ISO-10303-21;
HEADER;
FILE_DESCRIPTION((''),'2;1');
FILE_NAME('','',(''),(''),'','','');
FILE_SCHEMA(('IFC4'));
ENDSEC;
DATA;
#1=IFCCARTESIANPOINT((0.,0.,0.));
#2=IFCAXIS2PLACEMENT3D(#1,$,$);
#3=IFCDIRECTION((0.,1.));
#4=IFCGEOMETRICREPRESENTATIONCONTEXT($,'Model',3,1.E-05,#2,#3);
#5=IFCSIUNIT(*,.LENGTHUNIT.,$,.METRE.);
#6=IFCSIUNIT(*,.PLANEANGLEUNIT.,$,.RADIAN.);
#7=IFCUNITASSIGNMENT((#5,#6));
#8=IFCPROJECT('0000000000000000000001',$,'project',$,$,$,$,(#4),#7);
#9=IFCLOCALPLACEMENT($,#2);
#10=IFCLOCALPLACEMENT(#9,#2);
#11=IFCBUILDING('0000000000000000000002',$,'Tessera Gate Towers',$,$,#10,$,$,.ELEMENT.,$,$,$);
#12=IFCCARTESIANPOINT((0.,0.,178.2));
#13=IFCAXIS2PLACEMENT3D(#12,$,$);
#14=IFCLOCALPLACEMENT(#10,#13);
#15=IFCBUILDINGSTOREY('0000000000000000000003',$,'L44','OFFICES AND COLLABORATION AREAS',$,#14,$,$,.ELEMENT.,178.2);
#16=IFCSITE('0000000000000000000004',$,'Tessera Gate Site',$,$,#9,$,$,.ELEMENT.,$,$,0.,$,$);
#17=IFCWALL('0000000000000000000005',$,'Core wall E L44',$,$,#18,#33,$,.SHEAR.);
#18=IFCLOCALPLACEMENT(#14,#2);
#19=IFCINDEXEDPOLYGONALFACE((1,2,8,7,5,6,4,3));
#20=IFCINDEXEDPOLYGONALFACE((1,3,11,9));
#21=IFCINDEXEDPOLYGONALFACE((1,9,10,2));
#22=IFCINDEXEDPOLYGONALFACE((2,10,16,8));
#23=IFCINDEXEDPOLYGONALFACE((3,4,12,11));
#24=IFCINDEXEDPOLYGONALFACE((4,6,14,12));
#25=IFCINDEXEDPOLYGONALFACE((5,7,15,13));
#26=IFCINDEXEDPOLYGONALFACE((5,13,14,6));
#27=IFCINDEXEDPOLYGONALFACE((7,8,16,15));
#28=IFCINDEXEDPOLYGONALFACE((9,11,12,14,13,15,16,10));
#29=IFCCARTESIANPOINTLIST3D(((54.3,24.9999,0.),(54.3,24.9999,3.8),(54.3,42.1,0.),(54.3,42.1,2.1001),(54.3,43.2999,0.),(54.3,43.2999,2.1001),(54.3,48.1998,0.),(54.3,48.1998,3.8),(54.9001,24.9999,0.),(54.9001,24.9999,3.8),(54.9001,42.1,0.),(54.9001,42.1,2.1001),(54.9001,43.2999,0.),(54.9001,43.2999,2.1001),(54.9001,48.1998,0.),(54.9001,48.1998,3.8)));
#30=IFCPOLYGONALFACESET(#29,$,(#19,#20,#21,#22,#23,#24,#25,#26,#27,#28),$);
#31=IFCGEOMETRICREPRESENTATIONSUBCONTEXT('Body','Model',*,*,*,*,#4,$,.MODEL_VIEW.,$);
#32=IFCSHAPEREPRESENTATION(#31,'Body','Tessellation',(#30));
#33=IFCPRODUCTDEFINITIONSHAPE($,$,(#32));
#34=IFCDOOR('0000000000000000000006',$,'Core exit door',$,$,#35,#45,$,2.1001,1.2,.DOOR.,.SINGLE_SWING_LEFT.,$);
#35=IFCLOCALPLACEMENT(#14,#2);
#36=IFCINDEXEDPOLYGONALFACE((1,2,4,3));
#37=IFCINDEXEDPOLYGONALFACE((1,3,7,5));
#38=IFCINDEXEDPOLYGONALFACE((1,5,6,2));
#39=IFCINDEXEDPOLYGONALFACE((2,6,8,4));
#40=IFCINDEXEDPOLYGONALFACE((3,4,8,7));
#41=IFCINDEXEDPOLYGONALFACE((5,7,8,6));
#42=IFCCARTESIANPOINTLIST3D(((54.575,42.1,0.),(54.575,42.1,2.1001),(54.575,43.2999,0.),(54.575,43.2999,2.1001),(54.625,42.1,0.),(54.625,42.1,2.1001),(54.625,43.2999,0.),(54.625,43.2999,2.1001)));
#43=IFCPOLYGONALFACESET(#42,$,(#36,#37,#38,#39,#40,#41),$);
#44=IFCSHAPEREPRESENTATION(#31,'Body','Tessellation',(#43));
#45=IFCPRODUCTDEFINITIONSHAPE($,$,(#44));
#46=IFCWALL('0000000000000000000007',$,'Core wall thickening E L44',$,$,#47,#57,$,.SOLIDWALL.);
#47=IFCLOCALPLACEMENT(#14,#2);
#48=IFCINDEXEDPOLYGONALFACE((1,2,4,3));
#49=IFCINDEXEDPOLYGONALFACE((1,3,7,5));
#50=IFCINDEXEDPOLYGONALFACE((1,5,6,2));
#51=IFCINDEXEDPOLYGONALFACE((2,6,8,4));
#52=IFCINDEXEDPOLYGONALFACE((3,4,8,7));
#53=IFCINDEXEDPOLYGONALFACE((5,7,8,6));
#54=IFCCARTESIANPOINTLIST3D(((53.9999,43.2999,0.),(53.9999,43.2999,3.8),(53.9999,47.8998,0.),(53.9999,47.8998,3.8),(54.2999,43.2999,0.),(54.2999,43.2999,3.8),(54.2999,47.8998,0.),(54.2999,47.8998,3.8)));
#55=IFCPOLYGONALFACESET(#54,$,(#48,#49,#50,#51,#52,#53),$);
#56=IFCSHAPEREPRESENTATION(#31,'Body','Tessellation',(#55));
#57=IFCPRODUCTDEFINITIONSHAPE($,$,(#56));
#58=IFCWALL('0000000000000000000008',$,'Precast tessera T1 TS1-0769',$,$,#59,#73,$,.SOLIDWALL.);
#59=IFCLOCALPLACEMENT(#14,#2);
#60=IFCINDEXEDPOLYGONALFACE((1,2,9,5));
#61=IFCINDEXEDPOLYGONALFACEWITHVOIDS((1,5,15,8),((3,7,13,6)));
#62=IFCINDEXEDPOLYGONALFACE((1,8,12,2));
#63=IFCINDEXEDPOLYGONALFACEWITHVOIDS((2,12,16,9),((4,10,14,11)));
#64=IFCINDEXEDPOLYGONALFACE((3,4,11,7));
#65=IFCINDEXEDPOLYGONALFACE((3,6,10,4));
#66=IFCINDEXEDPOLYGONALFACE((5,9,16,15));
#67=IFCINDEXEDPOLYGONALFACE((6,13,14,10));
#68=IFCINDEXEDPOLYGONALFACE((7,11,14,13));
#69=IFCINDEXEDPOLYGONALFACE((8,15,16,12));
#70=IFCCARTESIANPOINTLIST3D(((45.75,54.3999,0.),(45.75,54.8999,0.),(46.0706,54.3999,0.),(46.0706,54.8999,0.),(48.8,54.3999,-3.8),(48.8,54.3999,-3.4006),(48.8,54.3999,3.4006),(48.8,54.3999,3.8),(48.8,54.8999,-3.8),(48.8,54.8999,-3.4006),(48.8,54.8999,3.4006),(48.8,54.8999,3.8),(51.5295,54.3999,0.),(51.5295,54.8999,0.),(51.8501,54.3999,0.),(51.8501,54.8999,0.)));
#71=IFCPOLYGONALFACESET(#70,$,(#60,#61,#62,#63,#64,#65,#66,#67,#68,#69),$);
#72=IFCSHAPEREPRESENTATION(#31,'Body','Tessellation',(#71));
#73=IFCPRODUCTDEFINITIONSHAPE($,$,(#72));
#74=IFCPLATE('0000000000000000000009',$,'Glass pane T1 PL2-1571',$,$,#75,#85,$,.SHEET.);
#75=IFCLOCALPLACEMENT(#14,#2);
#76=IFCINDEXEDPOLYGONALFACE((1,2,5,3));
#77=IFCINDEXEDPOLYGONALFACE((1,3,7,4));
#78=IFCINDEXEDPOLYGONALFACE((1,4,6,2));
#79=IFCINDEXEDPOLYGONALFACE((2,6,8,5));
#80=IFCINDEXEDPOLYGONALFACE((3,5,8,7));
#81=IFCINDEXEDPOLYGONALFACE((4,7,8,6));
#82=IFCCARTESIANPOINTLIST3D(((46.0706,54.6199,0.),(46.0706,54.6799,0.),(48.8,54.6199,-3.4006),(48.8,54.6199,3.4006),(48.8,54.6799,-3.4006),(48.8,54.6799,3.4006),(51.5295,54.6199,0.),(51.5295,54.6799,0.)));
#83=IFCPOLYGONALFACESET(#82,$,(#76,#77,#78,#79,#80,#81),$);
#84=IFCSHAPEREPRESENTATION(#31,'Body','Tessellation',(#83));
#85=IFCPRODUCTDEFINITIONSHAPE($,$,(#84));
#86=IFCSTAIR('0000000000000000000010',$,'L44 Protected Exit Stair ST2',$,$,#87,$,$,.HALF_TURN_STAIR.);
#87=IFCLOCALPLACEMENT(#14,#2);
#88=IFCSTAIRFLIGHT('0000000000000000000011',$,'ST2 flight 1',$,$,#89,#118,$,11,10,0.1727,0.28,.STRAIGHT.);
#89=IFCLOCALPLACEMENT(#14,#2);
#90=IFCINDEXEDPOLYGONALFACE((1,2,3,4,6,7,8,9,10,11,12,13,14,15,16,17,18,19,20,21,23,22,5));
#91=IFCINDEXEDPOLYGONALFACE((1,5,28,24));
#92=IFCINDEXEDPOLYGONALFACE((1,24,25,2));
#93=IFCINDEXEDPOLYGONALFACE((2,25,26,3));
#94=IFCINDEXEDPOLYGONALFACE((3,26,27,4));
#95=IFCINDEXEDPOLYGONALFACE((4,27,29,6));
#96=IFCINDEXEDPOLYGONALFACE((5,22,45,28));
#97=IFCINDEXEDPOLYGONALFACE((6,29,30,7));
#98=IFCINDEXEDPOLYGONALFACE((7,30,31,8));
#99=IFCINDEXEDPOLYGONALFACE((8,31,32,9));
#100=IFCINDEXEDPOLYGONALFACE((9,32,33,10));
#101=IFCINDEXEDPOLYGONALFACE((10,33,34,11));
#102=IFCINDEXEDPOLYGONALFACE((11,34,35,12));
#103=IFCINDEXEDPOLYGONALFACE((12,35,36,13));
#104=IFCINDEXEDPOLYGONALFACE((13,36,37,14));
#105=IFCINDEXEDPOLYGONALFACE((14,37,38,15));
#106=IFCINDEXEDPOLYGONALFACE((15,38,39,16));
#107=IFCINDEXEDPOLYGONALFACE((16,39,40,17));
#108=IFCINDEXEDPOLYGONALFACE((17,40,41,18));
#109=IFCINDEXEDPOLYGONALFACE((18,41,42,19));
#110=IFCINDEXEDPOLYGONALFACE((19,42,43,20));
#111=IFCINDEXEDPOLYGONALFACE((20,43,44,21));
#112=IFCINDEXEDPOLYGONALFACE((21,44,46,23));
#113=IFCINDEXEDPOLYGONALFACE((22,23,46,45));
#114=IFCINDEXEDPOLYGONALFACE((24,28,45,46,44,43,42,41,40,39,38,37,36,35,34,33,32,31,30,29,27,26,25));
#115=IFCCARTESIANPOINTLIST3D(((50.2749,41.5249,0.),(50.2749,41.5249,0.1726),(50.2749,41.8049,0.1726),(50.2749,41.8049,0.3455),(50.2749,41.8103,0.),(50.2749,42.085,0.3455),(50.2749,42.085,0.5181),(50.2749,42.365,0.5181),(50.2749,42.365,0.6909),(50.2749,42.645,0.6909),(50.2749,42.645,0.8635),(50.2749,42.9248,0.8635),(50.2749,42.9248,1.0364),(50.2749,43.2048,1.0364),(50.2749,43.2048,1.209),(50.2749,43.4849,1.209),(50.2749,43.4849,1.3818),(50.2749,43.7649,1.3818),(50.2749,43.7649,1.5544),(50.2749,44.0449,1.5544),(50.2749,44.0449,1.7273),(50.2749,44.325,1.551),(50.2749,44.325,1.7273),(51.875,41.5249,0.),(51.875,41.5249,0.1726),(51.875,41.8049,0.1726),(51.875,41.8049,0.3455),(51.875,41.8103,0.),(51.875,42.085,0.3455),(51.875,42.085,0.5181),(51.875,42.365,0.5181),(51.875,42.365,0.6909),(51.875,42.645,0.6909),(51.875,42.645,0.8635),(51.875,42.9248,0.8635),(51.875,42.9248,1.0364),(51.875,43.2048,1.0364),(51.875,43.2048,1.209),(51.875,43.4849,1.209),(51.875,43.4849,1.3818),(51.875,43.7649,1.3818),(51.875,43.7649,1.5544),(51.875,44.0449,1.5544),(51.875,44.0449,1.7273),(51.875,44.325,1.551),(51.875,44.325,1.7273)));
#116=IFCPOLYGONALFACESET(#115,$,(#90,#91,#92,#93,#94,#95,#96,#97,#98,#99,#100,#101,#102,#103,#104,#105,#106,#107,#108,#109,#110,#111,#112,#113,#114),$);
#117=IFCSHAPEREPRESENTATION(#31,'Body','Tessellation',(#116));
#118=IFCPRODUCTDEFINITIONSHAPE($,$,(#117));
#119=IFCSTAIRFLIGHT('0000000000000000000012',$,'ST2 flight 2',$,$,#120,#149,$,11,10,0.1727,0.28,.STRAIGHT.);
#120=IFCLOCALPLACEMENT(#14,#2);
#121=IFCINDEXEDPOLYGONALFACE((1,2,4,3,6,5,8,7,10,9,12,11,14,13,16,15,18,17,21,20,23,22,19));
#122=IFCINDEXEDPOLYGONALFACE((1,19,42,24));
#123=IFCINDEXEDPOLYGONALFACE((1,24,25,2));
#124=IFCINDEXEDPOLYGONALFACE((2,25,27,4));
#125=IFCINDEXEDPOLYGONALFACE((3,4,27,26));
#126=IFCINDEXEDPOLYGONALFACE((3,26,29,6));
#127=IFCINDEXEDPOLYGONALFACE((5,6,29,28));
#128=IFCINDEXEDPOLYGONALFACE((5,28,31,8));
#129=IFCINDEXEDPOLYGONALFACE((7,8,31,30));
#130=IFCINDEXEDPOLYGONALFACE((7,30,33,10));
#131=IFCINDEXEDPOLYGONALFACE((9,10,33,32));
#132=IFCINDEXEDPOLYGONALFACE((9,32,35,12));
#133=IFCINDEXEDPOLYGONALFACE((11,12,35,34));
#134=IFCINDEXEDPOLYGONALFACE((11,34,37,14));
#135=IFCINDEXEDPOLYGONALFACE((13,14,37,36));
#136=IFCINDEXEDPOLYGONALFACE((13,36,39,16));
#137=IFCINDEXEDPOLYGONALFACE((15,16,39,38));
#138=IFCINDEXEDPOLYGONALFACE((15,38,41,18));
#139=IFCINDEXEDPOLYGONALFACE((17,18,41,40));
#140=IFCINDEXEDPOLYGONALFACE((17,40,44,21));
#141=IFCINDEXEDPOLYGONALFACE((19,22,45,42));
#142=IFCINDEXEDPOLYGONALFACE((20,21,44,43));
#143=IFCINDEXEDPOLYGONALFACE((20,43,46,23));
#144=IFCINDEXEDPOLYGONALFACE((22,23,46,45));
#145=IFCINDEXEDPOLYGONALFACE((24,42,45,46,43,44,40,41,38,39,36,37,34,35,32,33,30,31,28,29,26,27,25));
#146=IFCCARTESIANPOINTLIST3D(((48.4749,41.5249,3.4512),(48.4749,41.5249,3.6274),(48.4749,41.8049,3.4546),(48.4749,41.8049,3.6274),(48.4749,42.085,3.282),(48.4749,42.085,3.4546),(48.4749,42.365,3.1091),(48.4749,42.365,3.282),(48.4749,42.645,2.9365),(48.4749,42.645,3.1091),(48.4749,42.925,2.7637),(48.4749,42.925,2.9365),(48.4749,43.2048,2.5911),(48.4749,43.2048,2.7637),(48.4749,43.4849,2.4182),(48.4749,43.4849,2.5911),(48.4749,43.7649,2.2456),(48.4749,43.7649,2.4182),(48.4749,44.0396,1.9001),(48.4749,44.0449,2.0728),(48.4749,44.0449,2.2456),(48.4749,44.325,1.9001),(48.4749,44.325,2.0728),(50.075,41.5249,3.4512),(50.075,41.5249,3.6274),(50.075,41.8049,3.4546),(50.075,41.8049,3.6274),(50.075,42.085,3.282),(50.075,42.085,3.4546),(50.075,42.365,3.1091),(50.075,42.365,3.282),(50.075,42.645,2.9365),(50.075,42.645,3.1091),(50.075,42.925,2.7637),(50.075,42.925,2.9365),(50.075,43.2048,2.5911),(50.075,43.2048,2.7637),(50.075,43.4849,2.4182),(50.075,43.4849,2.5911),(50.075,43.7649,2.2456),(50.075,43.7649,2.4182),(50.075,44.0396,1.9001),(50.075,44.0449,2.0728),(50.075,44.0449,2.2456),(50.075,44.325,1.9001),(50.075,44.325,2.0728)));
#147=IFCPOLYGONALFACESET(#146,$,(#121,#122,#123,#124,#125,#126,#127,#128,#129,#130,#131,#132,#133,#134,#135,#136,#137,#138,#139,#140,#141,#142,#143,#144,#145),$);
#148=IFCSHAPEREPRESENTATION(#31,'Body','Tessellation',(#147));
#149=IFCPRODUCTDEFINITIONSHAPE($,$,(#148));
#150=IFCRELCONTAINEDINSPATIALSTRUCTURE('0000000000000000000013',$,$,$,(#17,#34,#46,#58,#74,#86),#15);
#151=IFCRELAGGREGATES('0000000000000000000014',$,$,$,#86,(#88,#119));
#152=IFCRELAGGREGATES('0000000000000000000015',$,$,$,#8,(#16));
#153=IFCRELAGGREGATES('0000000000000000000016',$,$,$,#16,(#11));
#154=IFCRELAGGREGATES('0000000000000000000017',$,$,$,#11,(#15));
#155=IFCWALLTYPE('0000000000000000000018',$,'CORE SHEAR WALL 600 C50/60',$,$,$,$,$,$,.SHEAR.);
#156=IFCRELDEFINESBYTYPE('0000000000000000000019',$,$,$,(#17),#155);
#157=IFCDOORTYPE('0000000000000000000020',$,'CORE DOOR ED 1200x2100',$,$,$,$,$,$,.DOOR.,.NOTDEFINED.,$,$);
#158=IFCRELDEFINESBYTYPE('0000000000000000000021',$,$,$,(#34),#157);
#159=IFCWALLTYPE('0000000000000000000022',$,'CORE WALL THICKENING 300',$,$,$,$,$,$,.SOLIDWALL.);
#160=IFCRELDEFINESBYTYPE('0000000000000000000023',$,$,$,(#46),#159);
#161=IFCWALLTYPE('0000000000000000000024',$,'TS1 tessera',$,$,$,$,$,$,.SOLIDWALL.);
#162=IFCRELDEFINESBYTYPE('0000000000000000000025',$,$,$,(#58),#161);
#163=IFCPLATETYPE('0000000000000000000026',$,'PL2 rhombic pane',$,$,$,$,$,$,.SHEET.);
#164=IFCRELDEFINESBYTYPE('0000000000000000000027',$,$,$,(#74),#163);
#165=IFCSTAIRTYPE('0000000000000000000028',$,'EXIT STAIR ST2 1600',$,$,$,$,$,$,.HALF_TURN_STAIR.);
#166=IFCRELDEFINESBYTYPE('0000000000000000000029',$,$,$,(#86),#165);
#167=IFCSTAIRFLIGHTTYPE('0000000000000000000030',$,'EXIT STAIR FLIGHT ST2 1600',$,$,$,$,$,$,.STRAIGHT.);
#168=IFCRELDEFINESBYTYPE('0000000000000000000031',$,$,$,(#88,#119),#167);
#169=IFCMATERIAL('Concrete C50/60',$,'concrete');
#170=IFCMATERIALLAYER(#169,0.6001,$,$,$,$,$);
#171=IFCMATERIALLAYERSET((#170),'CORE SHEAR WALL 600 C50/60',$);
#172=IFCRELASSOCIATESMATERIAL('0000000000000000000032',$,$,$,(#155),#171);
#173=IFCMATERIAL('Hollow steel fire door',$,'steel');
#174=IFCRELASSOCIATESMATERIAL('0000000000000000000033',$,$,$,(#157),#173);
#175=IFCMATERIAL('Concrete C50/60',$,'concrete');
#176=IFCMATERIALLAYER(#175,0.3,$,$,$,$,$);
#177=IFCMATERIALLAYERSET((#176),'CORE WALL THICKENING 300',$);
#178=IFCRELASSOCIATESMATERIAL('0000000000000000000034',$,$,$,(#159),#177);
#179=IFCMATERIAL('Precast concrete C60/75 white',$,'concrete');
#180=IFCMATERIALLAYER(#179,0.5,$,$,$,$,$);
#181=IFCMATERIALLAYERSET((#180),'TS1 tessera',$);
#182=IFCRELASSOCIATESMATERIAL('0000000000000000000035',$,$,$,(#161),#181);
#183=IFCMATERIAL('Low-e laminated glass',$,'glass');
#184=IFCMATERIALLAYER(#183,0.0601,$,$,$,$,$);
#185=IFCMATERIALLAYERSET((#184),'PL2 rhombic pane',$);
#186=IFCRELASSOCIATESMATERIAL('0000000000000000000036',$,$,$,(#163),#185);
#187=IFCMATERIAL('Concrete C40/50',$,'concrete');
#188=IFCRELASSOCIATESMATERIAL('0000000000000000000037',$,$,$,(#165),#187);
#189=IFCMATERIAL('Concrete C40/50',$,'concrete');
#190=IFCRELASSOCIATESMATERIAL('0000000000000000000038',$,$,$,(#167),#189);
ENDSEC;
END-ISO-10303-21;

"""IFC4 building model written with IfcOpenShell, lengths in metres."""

from ifc_helpers import new_model, si_unit, direction, frame, frame_2d, origin, place, context, subcontext, project, spatial, polyline, rectangle, outline, extrude, source, transform, mapped, material, layer, layer_set, type_object, element, fill, aggregate, save


model = new_model("IFC4")

# Units and contexts
model_context = context("Model", 3, precision=1e-05, world=origin(), true_north=direction((0.0, 1.0)))
body_context = subcontext(model_context, "Body", "Model", "MODEL_VIEW")
ifc_project = project(units=[si_unit("LENGTHUNIT", "METRE"), si_unit("PLANEANGLEUNIT", "RADIAN")], contexts=[model_context])

# Site, building, storey
site_placement = place(None, origin())
site = spatial("IfcSite", under=ifc_project, at=site_placement, Name="Tessera Gate Site", CompositionType="ELEMENT", RefElevation=0.0)
building_placement = place(site_placement, origin())
building = spatial("IfcBuilding", under=site, at=building_placement, Name="Tessera Gate Towers", CompositionType="ELEMENT")
storey_placement = place(building_placement, frame((0.0, 0.0, 178.2)))
storey = spatial("IfcBuildingStorey", under=building, at=storey_placement, Name="L44", Description="OFFICES AND COLLABORATION AREAS", CompositionType="ELEMENT", Elevation=178.2)

# Shared definitions
shared_shape_1 = source(origin(), body_context, "Body", "SweptSolid", [
    extrude(rectangle(XDim=1.2, YDim=2.1001, at=frame_2d((0.6001, 1.05))), frame((0.0, 0.0249, 0.0), z_axis=(0.0, -1.0, 0.0), x_axis=(1.0, 0.0, 0.0)), (0.0, 0.0, 1.0), 0.05),
])

# Wall, opening, door
ifc_material_1 = material(Name="Concrete C50/60", Category="concrete")
ifc_layer_1 = layer(ifc_material_1, 0.6001)
ifc_layer_set_1 = layer_set([ifc_layer_1], Name="CORE SHEAR WALL 600 C50/60")
wall_type_1 = type_object("IfcWallType", Name="CORE SHEAR WALL 600 C50/60", PredefinedType="SHEAR", material=ifc_layer_set_1)
wall_1_placement = place(storey_placement, frame((54.6001, 48.2, 0.0), z_axis=(0.0, 0.0, 1.0), x_axis=(0.0, -1.0, 0.0)))
wall_1 = element("IfcWall", 1, at=wall_1_placement, inside=storey, type_object=wall_type_1, Name="Core wall E L44", PredefinedType="SHEAR", context=body_context, shape_type="SweptSolid", body=[
    extrude(rectangle(XDim=23.2, YDim=0.6001, at=frame_2d((11.6001, 0.0))), origin(), (0.0, 0.0, 1.0), 3.8),
])
shared_shape_2 = source(origin(), body_context, "Body", "SweptSolid", [
    extrude(rectangle(XDim=1.2, YDim=2.1001, at=frame_2d((0.6001, 1.05))), frame((0.0, 0.3101, 0.0), z_axis=(0.0, -1.0, 0.0), x_axis=(1.0, 0.0, 0.0)), (0.0, 0.0, 1.0), 0.6201),
])
opening_1_placement = place(wall_1_placement, frame((4.8999, 0.0, 0.0)))
opening_1 = element("IfcOpeningElement", 2, at=opening_1_placement, cuts=wall_1, PredefinedType="OPENING", context=body_context, shape_type="MappedRepresentation", body=[
    mapped(shared_shape_2, transform((0.0, 0.0, 0.0), scale=1.0)),
])
ifc_material_2 = material(Name="Hollow steel fire door", Category="steel")
door_type_1 = type_object("IfcDoorType", Name="CORE DOOR ED 1200x2100", OperationType="NOTDEFINED", PredefinedType="DOOR", material=ifc_material_2)
door_1_placement = place(opening_1_placement, origin())
door_1 = element("IfcDoor", 3, at=door_1_placement, inside=storey, type_object=door_type_1, Name="Core exit door", OperationType="SINGLE_SWING_LEFT", OverallHeight=2.1001, OverallWidth=1.2, PredefinedType="DOOR", context=body_context, shape_type="MappedRepresentation", body=[
    mapped(shared_shape_1, transform((0.0, 0.0, 0.0), scale=1.0)),
])
fill(opening_1, door_1)

# Wall
ifc_material_3 = material(Name="Concrete C50/60", Category="concrete")
ifc_layer_2 = layer(ifc_material_3, 0.3)
ifc_layer_set_2 = layer_set([ifc_layer_2], Name="CORE WALL THICKENING 300")
wall_type_2 = type_object("IfcWallType", Name="CORE WALL THICKENING 300", PredefinedType="SOLIDWALL", material=ifc_layer_set_2)
wall_2_placement = place(storey_placement, frame((54.1499, 43.3, 0.0), z_axis=(0.0, 0.0, 1.0), x_axis=(0.0, 1.0, 0.0)))
element("IfcWall", 4, at=wall_2_placement, inside=storey, type_object=wall_type_2, Name="Core wall thickening E L44", PredefinedType="SOLIDWALL", context=body_context, shape_type="SweptSolid", body=[
    extrude(rectangle(XDim=4.5999, YDim=0.3, at=frame_2d((2.2998, 0.0))), origin(), (0.0, 0.0, 1.0), 3.8),
])

# Wall, opening, plate
ifc_material_4 = material(Name="Precast concrete C60/75 white", Category="concrete")
ifc_layer_3 = layer(ifc_material_4, 0.5)
ifc_layer_set_3 = layer_set([ifc_layer_3], Name="TS1 tessera")
wall_type_3 = type_object("IfcWallType", Name="TS1 tessera", PredefinedType="SOLIDWALL", material=ifc_layer_set_3)
shared_shape_3 = source(origin(), body_context, "Body", "SweptSolid", [
    extrude(outline(polyline([(3.05, 0.0), (6.1001, 3.8), (3.05, 7.6001), (0.0, 3.8), (3.05, 0.0)])), frame((0.0, 0.25, 0.0), z_axis=(0.0, -1.0, 0.0), x_axis=(1.0, 0.0, 0.0)), (0.0, 0.0, 1.0), 0.5),
])
wall_3_placement = place(storey_placement, frame((51.8501, 54.6499, -3.8), z_axis=(0.0, 0.0, 1.0), x_axis=(-1.0, 0.0, 0.0)))
wall_3 = element("IfcWall", 5, at=wall_3_placement, inside=storey, type_object=wall_type_3, Name="Precast tessera T1 TS1-0769", PredefinedType="SOLIDWALL", context=body_context, shape_type="MappedRepresentation", body=[
    mapped(shared_shape_3, transform((0.0, 0.0, 0.0), scale=1.0)),
])
shared_shape_4 = source(origin(), body_context, "Body", "SweptSolid", [
    extrude(outline(polyline([(3.05, 0.3994), (5.7795, 3.8), (3.05, 7.2007), (0.3206, 3.8), (3.05, 0.3994)])), frame((0.0, 0.26, 0.0), z_axis=(0.0, -1.0, 0.0), x_axis=(1.0, 0.0, 0.0)), (0.0, 0.0, 1.0), 0.52),
])
opening_2_placement = place(wall_3_placement, origin())
opening_2 = element("IfcOpeningElement", 6, at=opening_2_placement, cuts=wall_3, PredefinedType="OPENING", context=body_context, shape_type="MappedRepresentation", body=[
    mapped(shared_shape_4, transform((0.0, 0.0, 0.0), scale=1.0)),
])
ifc_material_5 = material(Name="Low-e laminated glass", Category="glass")
ifc_layer_4 = layer(ifc_material_5, 0.0601)
ifc_layer_set_4 = layer_set([ifc_layer_4], Name="PL2 rhombic pane")
plate_type = type_object("IfcPlateType", Name="PL2 rhombic pane", PredefinedType="SHEET", material=ifc_layer_set_4)
shared_shape_5 = source(origin(), body_context, "Body", "SweptSolid", [
    extrude(outline(polyline([(3.05, 0.3994), (5.7795, 3.8), (3.05, 7.2007), (0.3206, 3.8), (3.05, 0.3994)])), frame((0.0, 0.03, 0.0), z_axis=(0.0, -1.0, 0.0), x_axis=(1.0, 0.0, 0.0)), (0.0, 0.0, 1.0), 0.0601),
])
plate_placement = place(opening_2_placement, origin())
plate = element("IfcPlate", 7, at=plate_placement, inside=storey, type_object=plate_type, Name="Glass pane T1 PL2-1571", PredefinedType="SHEET", context=body_context, shape_type="MappedRepresentation", body=[
    mapped(shared_shape_5, transform((0.0, 0.0, 0.0), scale=1.0)),
])
fill(opening_2, plate)

# Stair, stair flights
ifc_material_6 = material(Name="Concrete C40/50", Category="concrete")
stair_type = type_object("IfcStairType", Name="EXIT STAIR ST2 1600", PredefinedType="HALF_TURN_STAIR", material=ifc_material_6)
stair_placement = place(storey_placement, origin())
stair = element("IfcStair", 8, at=stair_placement, inside=storey, type_object=stair_type, Name="L44 Protected Exit Stair ST2", PredefinedType="HALF_TURN_STAIR")
ifc_material_7 = material(Name="Concrete C40/50", Category="concrete")
stair_flight_type = type_object("IfcStairFlightType", Name="EXIT STAIR FLIGHT ST2 1600", PredefinedType="STRAIGHT", material=ifc_material_7)
stair_flight_1_placement = place(storey_placement, frame((51.075, 41.5249, 0.0), z_axis=(0.0, 0.0, 1.0), x_axis=(0.0, 1.0, 0.0)))
stair_flight_1 = element("IfcStairFlight", 9, at=stair_flight_1_placement, type_object=stair_flight_type, Name="ST2 flight 1", NumberOfRisers=11, NumberOfTreads=10, PredefinedType="STRAIGHT", RiserHeight=0.1727, TreadLength=0.28, context=body_context, shape_type="SweptSolid", body=[
    extrude(outline(polyline([(0.0, 0.0), (0.0, 0.1726), (0.28, 0.1726), (0.28, 0.3455), (0.5601, 0.3455), (0.5601, 0.5181), (0.8401, 0.5181), (0.8401, 0.6909), (1.1201, 0.6909), (1.1201, 0.8635), (1.3999, 0.8635), (1.3999, 1.0364), (1.6799, 1.0364), (1.6799, 1.209), (1.96, 1.209), (1.96, 1.3818), (2.24, 1.3818), (2.24, 1.5544), (2.52, 1.5544), (2.52, 1.7273), (2.8, 1.7273), (2.8, 1.8999), (2.8, 1.551), (0.2854, 0.0), (0.0, 0.0)])), frame((0.0, 0.8, 0.0), z_axis=(0.0, -1.0, 0.0), x_axis=(1.0, 0.0, 0.0)), (0.0, 0.0, 1.0), 1.6001),
])
stair_flight_2_placement = place(storey_placement, frame((49.2749, 44.325, 1.9001), z_axis=(0.0, 0.0, 1.0), x_axis=(0.0, -1.0, 0.0)))
stair_flight_2 = element("IfcStairFlight", 10, at=stair_flight_2_placement, type_object=stair_flight_type, Name="ST2 flight 2", NumberOfRisers=11, NumberOfTreads=10, PredefinedType="STRAIGHT", RiserHeight=0.1727, TreadLength=0.28, context=body_context, shape_type="SweptSolid", body=[
    extrude(outline(polyline([(0.0, 0.0), (0.0, 0.1726), (0.28, 0.1726), (0.28, 0.3455), (0.5601, 0.3455), (0.5601, 0.5181), (0.8401, 0.5181), (0.8401, 0.6909), (1.1201, 0.6909), (1.1201, 0.8635), (1.3999, 0.8635), (1.3999, 1.0364), (1.6799, 1.0364), (1.6799, 1.209), (1.96, 1.209), (1.96, 1.3818), (2.24, 1.3818), (2.24, 1.5544), (2.52, 1.5544), (2.52, 1.7273), (2.8, 1.7273), (2.8, 1.8999), (2.8, 1.551), (0.2854, 0.0), (0.0, 0.0)])), frame((0.0, 0.8, 0.0), z_axis=(0.0, -1.0, 0.0), x_axis=(1.0, 0.0, 0.0)), (0.0, 0.0, 1.0), 1.6001),
])
aggregate(stair, [stair_flight_1, stair_flight_2])

save(model, "model.ifc")
